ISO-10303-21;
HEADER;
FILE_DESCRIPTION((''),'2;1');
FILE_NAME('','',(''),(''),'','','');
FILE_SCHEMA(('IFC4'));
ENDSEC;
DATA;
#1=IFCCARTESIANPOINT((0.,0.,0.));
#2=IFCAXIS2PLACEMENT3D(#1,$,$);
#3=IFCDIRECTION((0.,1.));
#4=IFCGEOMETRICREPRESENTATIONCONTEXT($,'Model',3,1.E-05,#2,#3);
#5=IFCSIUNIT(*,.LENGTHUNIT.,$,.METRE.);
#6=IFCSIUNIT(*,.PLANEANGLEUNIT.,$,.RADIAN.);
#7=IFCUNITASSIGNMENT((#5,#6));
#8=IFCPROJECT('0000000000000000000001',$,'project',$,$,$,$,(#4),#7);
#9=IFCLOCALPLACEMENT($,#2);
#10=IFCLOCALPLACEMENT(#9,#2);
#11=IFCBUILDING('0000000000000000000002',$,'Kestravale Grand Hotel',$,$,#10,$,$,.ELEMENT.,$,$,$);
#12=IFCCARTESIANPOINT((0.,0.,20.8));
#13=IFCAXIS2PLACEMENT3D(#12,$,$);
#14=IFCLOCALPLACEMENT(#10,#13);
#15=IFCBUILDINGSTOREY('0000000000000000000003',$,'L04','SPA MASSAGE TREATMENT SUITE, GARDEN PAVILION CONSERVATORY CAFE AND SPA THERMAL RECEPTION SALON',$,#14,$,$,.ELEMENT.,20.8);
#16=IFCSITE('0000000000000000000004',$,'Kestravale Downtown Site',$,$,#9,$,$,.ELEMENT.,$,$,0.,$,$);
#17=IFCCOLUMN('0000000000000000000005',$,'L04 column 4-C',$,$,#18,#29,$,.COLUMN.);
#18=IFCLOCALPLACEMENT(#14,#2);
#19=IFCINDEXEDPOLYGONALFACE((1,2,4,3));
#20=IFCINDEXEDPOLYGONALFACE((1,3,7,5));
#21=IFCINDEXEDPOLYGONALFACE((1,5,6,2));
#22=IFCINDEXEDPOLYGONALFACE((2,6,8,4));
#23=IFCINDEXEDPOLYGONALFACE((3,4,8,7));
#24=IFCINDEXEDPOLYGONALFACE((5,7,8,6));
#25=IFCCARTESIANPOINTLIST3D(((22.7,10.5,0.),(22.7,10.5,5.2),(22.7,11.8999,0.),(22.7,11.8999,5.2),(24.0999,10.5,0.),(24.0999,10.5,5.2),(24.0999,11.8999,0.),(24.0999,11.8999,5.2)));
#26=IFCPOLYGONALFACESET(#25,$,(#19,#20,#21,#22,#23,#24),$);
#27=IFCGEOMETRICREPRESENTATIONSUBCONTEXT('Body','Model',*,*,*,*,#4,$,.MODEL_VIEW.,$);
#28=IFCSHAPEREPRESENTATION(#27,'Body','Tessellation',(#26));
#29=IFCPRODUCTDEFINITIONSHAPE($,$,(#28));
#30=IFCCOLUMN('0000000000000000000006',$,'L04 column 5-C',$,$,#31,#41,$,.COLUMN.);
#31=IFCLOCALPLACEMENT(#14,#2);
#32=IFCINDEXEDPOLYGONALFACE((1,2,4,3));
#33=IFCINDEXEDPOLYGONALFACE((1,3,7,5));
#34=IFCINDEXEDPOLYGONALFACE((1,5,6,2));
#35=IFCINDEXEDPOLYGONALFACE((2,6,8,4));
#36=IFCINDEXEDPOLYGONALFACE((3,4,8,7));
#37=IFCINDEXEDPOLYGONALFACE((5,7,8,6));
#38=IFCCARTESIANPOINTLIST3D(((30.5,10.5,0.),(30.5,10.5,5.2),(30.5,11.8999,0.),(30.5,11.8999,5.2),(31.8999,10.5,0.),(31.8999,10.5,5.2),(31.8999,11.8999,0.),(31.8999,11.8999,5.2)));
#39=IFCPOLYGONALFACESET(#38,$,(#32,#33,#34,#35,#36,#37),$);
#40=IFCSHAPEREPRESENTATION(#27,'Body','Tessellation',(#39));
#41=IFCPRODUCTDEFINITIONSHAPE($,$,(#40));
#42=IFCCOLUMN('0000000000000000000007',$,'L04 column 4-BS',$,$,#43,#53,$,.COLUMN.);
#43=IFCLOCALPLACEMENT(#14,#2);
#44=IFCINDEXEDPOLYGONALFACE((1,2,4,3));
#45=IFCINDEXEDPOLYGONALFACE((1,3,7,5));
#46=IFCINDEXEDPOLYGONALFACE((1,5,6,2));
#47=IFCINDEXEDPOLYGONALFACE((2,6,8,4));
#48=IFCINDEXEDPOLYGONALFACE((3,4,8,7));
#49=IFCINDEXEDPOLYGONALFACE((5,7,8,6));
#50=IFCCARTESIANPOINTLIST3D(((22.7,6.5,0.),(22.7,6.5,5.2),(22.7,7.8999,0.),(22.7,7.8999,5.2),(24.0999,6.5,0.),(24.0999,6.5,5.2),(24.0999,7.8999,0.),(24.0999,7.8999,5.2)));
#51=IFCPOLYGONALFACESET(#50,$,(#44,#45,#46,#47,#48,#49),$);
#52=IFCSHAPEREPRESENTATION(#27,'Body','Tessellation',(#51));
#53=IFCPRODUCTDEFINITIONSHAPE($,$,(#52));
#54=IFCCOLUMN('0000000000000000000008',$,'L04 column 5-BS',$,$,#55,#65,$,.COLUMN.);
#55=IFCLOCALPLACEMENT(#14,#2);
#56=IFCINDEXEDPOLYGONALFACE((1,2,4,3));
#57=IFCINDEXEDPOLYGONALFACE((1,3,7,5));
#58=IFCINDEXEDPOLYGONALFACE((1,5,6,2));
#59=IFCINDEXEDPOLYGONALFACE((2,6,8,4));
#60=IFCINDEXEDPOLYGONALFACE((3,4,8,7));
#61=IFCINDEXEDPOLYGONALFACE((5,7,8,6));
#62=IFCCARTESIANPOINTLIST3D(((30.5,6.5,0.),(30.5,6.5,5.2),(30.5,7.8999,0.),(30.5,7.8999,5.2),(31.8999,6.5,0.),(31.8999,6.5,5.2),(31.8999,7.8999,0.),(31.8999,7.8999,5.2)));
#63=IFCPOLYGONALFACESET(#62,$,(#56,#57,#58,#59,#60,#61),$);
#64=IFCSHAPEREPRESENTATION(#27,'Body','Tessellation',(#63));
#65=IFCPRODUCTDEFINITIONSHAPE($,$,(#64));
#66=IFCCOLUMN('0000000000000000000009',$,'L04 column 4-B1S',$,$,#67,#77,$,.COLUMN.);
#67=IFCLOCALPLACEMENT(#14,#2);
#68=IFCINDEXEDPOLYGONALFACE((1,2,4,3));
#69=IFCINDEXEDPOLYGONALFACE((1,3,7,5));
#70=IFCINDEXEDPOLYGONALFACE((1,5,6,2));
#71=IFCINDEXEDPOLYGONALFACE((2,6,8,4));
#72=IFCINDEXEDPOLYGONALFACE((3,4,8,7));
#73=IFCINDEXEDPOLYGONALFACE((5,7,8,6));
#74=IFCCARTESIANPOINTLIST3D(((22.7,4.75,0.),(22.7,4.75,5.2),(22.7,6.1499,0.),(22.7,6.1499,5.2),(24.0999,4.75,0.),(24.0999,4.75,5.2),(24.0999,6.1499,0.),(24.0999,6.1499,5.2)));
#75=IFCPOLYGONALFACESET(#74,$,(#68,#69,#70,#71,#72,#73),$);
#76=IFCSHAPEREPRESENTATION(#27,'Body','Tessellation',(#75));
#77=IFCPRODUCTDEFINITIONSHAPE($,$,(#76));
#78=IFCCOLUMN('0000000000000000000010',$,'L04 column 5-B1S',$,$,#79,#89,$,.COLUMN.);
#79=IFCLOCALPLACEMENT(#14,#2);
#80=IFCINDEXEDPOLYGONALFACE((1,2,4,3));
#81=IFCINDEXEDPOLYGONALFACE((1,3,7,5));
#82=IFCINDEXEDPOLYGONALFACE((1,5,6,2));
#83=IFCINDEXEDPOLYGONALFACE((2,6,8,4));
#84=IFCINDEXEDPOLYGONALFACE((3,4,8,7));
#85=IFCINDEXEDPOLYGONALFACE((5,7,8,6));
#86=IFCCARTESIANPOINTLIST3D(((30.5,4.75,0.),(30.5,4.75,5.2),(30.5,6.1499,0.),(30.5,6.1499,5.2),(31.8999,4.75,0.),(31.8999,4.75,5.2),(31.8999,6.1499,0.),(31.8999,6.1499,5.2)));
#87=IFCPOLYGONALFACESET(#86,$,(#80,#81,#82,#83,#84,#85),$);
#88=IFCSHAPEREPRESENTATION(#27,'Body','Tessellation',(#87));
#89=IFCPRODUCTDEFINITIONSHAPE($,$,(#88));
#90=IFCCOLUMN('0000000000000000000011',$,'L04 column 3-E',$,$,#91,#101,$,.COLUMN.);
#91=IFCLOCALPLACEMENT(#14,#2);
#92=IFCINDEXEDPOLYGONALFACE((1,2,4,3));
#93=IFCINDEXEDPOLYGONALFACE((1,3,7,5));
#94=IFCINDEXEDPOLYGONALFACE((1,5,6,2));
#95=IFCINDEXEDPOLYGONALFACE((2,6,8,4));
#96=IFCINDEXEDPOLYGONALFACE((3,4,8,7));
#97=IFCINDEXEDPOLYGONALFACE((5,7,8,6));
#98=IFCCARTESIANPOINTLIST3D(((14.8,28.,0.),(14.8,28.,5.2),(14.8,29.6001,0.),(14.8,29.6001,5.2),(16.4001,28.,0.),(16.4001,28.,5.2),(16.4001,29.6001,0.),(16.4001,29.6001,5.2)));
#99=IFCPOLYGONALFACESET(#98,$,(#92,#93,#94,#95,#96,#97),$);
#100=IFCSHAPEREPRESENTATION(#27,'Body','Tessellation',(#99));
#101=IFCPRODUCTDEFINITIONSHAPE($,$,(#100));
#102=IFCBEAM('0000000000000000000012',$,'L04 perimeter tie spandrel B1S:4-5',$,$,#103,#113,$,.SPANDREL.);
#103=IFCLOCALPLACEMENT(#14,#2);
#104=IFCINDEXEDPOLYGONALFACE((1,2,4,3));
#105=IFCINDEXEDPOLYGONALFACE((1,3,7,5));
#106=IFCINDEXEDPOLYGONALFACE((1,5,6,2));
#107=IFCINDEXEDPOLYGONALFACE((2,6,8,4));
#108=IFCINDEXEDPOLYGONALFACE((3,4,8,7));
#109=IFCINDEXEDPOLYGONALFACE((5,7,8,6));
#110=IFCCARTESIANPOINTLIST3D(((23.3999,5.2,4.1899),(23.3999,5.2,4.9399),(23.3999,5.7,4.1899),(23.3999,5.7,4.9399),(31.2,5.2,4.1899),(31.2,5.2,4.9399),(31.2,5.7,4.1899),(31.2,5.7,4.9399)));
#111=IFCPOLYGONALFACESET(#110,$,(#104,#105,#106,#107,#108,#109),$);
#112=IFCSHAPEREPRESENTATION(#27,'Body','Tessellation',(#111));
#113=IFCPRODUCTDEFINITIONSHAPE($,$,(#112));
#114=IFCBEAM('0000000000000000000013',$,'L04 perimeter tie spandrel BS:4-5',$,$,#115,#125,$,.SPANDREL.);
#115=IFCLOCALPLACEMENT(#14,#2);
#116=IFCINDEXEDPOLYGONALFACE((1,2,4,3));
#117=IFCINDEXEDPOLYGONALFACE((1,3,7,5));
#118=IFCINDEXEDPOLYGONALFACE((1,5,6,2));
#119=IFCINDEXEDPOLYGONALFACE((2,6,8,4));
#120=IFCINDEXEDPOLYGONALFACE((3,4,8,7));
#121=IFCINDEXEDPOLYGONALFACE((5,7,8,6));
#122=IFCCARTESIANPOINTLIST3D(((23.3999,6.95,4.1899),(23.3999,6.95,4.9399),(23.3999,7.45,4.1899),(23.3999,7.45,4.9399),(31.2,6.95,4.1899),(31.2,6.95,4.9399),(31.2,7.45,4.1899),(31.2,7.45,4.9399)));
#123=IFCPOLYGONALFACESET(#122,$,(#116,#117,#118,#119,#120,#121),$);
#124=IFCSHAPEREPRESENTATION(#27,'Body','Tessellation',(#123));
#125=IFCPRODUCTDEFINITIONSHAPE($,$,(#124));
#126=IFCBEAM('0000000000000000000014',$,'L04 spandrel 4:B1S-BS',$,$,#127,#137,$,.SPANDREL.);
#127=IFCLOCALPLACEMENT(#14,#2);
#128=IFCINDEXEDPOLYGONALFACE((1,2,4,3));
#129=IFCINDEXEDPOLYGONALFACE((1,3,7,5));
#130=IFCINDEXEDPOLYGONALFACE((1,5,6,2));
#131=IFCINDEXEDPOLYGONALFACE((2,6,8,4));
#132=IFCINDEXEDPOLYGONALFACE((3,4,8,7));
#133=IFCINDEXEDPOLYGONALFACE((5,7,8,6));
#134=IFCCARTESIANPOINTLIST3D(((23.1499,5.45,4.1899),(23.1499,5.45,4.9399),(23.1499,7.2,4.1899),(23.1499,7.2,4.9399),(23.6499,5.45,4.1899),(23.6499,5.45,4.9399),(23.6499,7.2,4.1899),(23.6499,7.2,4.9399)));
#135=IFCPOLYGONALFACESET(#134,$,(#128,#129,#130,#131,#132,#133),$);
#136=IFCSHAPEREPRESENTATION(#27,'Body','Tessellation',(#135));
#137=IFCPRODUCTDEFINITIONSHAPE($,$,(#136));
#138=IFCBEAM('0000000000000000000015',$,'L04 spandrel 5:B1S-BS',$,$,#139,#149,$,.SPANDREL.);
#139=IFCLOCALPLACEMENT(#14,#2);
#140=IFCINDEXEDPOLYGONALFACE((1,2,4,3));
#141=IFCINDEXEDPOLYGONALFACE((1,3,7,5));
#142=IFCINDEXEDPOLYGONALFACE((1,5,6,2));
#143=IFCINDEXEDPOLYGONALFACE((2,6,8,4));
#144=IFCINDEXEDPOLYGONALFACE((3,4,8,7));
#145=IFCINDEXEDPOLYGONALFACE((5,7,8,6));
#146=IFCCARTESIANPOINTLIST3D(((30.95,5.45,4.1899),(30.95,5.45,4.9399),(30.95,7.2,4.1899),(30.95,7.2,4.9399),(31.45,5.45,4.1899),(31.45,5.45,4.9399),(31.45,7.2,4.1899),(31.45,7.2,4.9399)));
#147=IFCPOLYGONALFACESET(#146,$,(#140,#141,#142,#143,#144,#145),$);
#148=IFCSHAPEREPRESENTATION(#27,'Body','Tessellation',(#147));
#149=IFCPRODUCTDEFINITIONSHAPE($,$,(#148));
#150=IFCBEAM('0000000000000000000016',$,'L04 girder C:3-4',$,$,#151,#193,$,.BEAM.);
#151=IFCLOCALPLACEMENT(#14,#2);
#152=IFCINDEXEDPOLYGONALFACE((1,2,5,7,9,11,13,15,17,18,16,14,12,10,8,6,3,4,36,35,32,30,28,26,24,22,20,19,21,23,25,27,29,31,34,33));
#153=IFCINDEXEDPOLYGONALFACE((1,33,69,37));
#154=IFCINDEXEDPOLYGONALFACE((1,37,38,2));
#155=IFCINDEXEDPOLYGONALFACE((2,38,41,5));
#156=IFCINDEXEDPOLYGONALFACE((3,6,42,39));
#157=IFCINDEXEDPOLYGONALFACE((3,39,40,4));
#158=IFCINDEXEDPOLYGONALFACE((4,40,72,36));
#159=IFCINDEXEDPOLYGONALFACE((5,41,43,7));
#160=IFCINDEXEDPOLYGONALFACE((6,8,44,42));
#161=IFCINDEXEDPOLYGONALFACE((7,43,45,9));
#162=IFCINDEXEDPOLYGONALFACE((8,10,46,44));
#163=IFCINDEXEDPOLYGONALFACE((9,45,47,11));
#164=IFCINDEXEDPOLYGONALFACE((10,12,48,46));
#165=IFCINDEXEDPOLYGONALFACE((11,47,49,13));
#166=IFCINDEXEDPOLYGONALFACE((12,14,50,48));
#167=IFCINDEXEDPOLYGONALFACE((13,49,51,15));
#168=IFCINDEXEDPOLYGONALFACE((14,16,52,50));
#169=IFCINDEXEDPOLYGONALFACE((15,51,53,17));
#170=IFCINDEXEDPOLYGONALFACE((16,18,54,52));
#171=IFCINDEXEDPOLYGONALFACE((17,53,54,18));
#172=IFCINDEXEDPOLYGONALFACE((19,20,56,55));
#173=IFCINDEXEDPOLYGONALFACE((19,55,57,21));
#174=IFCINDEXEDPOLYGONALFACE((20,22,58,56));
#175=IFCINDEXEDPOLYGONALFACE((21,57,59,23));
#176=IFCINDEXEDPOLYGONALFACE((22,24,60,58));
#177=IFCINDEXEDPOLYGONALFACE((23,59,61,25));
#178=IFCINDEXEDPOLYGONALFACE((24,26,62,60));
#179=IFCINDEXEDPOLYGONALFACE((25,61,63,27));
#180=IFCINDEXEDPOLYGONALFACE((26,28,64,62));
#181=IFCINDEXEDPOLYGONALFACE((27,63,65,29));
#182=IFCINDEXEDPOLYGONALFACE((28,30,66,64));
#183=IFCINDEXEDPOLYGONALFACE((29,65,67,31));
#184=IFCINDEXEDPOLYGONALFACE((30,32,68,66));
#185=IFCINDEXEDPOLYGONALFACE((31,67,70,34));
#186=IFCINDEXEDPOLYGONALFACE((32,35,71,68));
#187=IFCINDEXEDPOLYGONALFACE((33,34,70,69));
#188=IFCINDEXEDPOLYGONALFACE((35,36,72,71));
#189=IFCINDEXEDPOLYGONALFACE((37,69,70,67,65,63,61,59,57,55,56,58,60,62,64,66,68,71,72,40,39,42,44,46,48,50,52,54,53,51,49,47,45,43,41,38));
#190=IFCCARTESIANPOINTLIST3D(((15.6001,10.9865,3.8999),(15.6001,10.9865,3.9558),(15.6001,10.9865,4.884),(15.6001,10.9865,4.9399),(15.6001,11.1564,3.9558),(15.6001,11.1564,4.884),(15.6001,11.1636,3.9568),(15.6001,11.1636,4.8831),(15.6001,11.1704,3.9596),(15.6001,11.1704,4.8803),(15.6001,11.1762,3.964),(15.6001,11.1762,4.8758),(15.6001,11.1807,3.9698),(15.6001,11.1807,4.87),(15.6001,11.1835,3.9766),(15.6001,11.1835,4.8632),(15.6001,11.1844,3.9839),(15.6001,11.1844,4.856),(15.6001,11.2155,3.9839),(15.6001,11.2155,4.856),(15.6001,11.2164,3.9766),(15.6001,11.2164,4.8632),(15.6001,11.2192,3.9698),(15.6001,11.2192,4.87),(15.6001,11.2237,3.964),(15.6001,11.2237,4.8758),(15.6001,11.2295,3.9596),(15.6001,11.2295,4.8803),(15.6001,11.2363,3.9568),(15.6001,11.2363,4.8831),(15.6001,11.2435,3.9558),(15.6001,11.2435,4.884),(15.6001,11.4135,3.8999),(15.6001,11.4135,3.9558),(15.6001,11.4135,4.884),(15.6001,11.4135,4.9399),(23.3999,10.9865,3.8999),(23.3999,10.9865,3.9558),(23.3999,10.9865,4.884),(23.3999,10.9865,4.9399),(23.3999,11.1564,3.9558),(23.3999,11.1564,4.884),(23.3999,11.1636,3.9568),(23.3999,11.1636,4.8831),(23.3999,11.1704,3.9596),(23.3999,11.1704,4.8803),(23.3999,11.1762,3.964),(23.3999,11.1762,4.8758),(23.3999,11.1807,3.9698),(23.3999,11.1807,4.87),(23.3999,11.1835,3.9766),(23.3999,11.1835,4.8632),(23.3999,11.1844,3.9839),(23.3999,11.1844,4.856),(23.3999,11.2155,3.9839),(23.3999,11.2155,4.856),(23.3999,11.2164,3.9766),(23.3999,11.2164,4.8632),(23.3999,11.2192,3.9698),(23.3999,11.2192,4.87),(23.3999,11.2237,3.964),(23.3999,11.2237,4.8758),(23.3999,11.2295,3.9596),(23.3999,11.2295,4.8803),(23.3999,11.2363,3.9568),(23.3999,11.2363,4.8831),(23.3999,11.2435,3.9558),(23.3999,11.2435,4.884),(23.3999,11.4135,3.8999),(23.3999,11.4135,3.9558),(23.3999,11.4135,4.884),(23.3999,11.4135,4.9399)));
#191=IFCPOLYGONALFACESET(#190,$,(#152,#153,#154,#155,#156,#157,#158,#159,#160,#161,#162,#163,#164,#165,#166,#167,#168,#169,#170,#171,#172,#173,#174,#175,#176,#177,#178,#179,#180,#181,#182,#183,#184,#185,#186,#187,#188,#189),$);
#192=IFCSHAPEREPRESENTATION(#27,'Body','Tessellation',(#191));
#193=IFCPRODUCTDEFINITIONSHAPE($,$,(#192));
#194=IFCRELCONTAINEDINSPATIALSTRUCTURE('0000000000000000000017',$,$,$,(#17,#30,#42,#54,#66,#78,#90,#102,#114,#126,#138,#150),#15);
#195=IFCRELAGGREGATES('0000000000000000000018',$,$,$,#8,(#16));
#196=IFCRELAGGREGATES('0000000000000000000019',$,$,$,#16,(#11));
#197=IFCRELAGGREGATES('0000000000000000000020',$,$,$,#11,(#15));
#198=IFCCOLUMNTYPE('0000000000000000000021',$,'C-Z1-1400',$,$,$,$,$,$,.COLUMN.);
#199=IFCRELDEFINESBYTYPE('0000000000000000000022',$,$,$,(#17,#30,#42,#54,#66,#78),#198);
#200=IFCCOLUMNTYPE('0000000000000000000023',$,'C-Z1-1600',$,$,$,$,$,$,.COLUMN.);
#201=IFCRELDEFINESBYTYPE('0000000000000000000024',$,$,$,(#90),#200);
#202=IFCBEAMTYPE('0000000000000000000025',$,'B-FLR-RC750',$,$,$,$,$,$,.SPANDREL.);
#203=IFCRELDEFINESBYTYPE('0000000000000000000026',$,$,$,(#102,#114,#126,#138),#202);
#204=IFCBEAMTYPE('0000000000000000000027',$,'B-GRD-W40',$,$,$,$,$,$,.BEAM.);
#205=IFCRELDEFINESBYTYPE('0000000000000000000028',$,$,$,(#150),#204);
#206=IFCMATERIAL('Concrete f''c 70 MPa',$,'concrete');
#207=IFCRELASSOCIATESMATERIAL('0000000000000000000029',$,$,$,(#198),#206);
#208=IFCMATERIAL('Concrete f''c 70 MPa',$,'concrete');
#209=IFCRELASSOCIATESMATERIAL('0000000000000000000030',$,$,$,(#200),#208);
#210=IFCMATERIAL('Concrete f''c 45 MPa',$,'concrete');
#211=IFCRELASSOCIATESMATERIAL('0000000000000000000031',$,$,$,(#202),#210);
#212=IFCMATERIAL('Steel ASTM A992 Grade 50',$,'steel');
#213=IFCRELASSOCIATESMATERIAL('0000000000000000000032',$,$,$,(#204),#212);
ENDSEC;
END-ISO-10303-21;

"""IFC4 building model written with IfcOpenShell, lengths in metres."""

from ifc_helpers import new_model, si_unit, direction, frame, origin, origin_2d, place, context, subcontext, project, spatial, rectangle, i_section, extrude, material, material_profile, profile_set, type_object, element, save


model = new_model("IFC4")

# Units and contexts
model_context = context("Model", 3, precision=1e-05, world=origin(), true_north=direction((0.0, 1.0)))
body_context = subcontext(model_context, "Body", "Model", "MODEL_VIEW")
ifc_project = project(units=[si_unit("LENGTHUNIT", "METRE"), si_unit("PLANEANGLEUNIT", "RADIAN")], contexts=[model_context])

# Site, building, storey
site_placement = place(None, origin())
site = spatial("IfcSite", under=ifc_project, at=site_placement, Name="Kestravale Downtown Site", CompositionType="ELEMENT", RefElevation=0.0)
building_placement = place(site_placement, origin())
building = spatial("IfcBuilding", under=site, at=building_placement, Name="Kestravale Grand Hotel", CompositionType="ELEMENT")
storey_placement = place(building_placement, frame((0.0, 0.0, 20.8)))
storey = spatial("IfcBuildingStorey", under=building, at=storey_placement, Name="L04", Description="SPA MASSAGE TREATMENT SUITE, GARDEN PAVILION CONSERVATORY CAFE AND SPA THERMAL RECEPTION SALON", CompositionType="ELEMENT", Elevation=20.8)

# Columns
ifc_material_1 = material(Name="Concrete f'c 70 MPa", Category="concrete")
ifc_material_profile_1 = material_profile(ifc_material_1, rectangle(XDim=1.3999, YDim=1.3999, at=origin_2d()))
ifc_profile_set_1 = profile_set([ifc_material_profile_1], Name="Concrete f'c 70 MPa")
column_type_1 = type_object("IfcColumnType", Name="C-Z1-1400", PredefinedType="COLUMN", material=ifc_profile_set_1)
for number, where, z_axis, x_axis, name in (
    (1, (23.3999, 11.2, 0.0), (0.0, 0.0, 1.0), (1.0, 0.0, 0.0), "L04 column 4-C"),
    (2, (31.2, 11.2, 0.0), (0.0, 0.0, 1.0), (1.0, 0.0, 0.0), "L04 column 5-C"),
    (3, (23.3999, 7.2, 0.0), (0.0, 0.0, 1.0), (1.0, 0.0, 0.0), "L04 column 4-BS"),
    (4, (31.2, 7.2, 0.0), (0.0, 0.0, 1.0), (1.0, 0.0, 0.0), "L04 column 5-BS"),
    (5, (23.3999, 5.45, 0.0), (0.0, 0.0, 1.0), (1.0, 0.0, 0.0), "L04 column 4-B1S"),
    (6, (31.2, 5.45, 0.0), (0.0, 0.0, 1.0), (1.0, 0.0, 0.0), "L04 column 5-B1S"),
):
    element("IfcColumn", number, at=place(storey_placement, frame(where, z_axis=z_axis, x_axis=x_axis)), inside=storey, type_object=column_type_1, Name=name, PredefinedType="COLUMN", context=body_context, shape_type="SweptSolid", body=[
        extrude(rectangle(XDim=1.3999, YDim=1.3999, at=origin_2d()), origin(), (0.0, 0.0, 1.0), 5.2),
    ])
ifc_material_2 = material(Name="Concrete f'c 70 MPa", Category="concrete")
ifc_material_profile_2 = material_profile(ifc_material_2, rectangle(XDim=1.6001, YDim=1.6001, at=origin_2d()))
ifc_profile_set_2 = profile_set([ifc_material_profile_2], Name="Concrete f'c 70 MPa")
column_type_2 = type_object("IfcColumnType", Name="C-Z1-1600", PredefinedType="COLUMN", material=ifc_profile_set_2)
column_placement = place(storey_placement, frame((15.6001, 28.8, 0.0), z_axis=(0.0, 0.0, 1.0), x_axis=(1.0, 0.0, 0.0)))
element("IfcColumn", 7, at=column_placement, inside=storey, type_object=column_type_2, Name="L04 column 3-E", PredefinedType="COLUMN", context=body_context, shape_type="SweptSolid", body=[
    extrude(rectangle(XDim=1.6001, YDim=1.6001, at=origin_2d()), origin(), (0.0, 0.0, 1.0), 5.2),
])

# Beams
ifc_material_3 = material(Name="Concrete f'c 45 MPa", Category="concrete")
ifc_material_profile_3 = material_profile(ifc_material_3, rectangle(XDim=0.5, YDim=0.75, at=origin_2d()))
ifc_profile_set_3 = profile_set([ifc_material_profile_3], Name="Concrete f'c 45 MPa")
beam_type_1 = type_object("IfcBeamType", Name="B-FLR-RC750", PredefinedType="SPANDREL", material=ifc_profile_set_3)
for number, where, z_axis, x_axis, name in (
    (8, (23.3999, 5.45, 4.5649), (1.0, 0.0, 0.0), (0.0, 1.0, 0.0), "L04 perimeter tie spandrel B1S:4-5"),
    (9, (23.3999, 7.2, 4.5649), (1.0, 0.0, 0.0), (0.0, 1.0, 0.0), "L04 perimeter tie spandrel BS:4-5"),
):
    element("IfcBeam", number, at=place(storey_placement, frame(where, z_axis=z_axis, x_axis=x_axis)), inside=storey, type_object=beam_type_1, Name=name, PredefinedType="SPANDREL", context=body_context, shape_type="SweptSolid", body=[
        extrude(rectangle(XDim=0.5, YDim=0.75, at=origin_2d()), origin(), (0.0, 0.0, 1.0), 7.8),
    ])
for number, where, z_axis, x_axis, name in (
    (10, (23.3999, 5.45, 4.5649), (0.0, 1.0, 0.0), (-1.0, 0.0, 0.0), "L04 spandrel 4:B1S-BS"),
    (11, (31.2, 5.45, 4.5649), (0.0, 1.0, 0.0), (-1.0, 0.0, 0.0), "L04 spandrel 5:B1S-BS"),
):
    element("IfcBeam", number, at=place(storey_placement, frame(where, z_axis=z_axis, x_axis=x_axis)), inside=storey, type_object=beam_type_1, Name=name, PredefinedType="SPANDREL", context=body_context, shape_type="SweptSolid", body=[
        extrude(rectangle(XDim=0.5, YDim=0.75, at=origin_2d()), origin(), (0.0, 0.0, 1.0), 1.75),
    ])
ifc_material_4 = material(Name="Steel ASTM A992 Grade 50", Category="steel")
ifc_material_profile_4 = material_profile(ifc_material_4, i_section(OverallWidth=0.427, OverallDepth=1.04, WebThickness=0.031, FlangeThickness=0.0559, FilletRadius=0.0281, at=origin_2d()))
ifc_profile_set_4 = profile_set([ifc_material_profile_4], Name="Steel ASTM A992 Grade 50")
beam_type_2 = type_object("IfcBeamType", Name="B-GRD-W40", PredefinedType="BEAM", material=ifc_profile_set_4)
beam_1_placement = place(storey_placement, frame((15.6001, 11.2, 4.4199), z_axis=(1.0, 0.0, 0.0), x_axis=(0.0, 1.0, 0.0)))
element("IfcBeam", 12, at=beam_1_placement, inside=storey, type_object=beam_type_2, Name="L04 girder C:3-4", PredefinedType="BEAM", context=body_context, shape_type="SweptSolid", body=[
    extrude(i_section(OverallWidth=0.427, OverallDepth=1.04, WebThickness=0.031, FlangeThickness=0.0559, FilletRadius=0.0281, at=origin_2d()), origin(), (0.0, 0.0, 1.0), 7.7998),
])

save(model, "model.ifc")
